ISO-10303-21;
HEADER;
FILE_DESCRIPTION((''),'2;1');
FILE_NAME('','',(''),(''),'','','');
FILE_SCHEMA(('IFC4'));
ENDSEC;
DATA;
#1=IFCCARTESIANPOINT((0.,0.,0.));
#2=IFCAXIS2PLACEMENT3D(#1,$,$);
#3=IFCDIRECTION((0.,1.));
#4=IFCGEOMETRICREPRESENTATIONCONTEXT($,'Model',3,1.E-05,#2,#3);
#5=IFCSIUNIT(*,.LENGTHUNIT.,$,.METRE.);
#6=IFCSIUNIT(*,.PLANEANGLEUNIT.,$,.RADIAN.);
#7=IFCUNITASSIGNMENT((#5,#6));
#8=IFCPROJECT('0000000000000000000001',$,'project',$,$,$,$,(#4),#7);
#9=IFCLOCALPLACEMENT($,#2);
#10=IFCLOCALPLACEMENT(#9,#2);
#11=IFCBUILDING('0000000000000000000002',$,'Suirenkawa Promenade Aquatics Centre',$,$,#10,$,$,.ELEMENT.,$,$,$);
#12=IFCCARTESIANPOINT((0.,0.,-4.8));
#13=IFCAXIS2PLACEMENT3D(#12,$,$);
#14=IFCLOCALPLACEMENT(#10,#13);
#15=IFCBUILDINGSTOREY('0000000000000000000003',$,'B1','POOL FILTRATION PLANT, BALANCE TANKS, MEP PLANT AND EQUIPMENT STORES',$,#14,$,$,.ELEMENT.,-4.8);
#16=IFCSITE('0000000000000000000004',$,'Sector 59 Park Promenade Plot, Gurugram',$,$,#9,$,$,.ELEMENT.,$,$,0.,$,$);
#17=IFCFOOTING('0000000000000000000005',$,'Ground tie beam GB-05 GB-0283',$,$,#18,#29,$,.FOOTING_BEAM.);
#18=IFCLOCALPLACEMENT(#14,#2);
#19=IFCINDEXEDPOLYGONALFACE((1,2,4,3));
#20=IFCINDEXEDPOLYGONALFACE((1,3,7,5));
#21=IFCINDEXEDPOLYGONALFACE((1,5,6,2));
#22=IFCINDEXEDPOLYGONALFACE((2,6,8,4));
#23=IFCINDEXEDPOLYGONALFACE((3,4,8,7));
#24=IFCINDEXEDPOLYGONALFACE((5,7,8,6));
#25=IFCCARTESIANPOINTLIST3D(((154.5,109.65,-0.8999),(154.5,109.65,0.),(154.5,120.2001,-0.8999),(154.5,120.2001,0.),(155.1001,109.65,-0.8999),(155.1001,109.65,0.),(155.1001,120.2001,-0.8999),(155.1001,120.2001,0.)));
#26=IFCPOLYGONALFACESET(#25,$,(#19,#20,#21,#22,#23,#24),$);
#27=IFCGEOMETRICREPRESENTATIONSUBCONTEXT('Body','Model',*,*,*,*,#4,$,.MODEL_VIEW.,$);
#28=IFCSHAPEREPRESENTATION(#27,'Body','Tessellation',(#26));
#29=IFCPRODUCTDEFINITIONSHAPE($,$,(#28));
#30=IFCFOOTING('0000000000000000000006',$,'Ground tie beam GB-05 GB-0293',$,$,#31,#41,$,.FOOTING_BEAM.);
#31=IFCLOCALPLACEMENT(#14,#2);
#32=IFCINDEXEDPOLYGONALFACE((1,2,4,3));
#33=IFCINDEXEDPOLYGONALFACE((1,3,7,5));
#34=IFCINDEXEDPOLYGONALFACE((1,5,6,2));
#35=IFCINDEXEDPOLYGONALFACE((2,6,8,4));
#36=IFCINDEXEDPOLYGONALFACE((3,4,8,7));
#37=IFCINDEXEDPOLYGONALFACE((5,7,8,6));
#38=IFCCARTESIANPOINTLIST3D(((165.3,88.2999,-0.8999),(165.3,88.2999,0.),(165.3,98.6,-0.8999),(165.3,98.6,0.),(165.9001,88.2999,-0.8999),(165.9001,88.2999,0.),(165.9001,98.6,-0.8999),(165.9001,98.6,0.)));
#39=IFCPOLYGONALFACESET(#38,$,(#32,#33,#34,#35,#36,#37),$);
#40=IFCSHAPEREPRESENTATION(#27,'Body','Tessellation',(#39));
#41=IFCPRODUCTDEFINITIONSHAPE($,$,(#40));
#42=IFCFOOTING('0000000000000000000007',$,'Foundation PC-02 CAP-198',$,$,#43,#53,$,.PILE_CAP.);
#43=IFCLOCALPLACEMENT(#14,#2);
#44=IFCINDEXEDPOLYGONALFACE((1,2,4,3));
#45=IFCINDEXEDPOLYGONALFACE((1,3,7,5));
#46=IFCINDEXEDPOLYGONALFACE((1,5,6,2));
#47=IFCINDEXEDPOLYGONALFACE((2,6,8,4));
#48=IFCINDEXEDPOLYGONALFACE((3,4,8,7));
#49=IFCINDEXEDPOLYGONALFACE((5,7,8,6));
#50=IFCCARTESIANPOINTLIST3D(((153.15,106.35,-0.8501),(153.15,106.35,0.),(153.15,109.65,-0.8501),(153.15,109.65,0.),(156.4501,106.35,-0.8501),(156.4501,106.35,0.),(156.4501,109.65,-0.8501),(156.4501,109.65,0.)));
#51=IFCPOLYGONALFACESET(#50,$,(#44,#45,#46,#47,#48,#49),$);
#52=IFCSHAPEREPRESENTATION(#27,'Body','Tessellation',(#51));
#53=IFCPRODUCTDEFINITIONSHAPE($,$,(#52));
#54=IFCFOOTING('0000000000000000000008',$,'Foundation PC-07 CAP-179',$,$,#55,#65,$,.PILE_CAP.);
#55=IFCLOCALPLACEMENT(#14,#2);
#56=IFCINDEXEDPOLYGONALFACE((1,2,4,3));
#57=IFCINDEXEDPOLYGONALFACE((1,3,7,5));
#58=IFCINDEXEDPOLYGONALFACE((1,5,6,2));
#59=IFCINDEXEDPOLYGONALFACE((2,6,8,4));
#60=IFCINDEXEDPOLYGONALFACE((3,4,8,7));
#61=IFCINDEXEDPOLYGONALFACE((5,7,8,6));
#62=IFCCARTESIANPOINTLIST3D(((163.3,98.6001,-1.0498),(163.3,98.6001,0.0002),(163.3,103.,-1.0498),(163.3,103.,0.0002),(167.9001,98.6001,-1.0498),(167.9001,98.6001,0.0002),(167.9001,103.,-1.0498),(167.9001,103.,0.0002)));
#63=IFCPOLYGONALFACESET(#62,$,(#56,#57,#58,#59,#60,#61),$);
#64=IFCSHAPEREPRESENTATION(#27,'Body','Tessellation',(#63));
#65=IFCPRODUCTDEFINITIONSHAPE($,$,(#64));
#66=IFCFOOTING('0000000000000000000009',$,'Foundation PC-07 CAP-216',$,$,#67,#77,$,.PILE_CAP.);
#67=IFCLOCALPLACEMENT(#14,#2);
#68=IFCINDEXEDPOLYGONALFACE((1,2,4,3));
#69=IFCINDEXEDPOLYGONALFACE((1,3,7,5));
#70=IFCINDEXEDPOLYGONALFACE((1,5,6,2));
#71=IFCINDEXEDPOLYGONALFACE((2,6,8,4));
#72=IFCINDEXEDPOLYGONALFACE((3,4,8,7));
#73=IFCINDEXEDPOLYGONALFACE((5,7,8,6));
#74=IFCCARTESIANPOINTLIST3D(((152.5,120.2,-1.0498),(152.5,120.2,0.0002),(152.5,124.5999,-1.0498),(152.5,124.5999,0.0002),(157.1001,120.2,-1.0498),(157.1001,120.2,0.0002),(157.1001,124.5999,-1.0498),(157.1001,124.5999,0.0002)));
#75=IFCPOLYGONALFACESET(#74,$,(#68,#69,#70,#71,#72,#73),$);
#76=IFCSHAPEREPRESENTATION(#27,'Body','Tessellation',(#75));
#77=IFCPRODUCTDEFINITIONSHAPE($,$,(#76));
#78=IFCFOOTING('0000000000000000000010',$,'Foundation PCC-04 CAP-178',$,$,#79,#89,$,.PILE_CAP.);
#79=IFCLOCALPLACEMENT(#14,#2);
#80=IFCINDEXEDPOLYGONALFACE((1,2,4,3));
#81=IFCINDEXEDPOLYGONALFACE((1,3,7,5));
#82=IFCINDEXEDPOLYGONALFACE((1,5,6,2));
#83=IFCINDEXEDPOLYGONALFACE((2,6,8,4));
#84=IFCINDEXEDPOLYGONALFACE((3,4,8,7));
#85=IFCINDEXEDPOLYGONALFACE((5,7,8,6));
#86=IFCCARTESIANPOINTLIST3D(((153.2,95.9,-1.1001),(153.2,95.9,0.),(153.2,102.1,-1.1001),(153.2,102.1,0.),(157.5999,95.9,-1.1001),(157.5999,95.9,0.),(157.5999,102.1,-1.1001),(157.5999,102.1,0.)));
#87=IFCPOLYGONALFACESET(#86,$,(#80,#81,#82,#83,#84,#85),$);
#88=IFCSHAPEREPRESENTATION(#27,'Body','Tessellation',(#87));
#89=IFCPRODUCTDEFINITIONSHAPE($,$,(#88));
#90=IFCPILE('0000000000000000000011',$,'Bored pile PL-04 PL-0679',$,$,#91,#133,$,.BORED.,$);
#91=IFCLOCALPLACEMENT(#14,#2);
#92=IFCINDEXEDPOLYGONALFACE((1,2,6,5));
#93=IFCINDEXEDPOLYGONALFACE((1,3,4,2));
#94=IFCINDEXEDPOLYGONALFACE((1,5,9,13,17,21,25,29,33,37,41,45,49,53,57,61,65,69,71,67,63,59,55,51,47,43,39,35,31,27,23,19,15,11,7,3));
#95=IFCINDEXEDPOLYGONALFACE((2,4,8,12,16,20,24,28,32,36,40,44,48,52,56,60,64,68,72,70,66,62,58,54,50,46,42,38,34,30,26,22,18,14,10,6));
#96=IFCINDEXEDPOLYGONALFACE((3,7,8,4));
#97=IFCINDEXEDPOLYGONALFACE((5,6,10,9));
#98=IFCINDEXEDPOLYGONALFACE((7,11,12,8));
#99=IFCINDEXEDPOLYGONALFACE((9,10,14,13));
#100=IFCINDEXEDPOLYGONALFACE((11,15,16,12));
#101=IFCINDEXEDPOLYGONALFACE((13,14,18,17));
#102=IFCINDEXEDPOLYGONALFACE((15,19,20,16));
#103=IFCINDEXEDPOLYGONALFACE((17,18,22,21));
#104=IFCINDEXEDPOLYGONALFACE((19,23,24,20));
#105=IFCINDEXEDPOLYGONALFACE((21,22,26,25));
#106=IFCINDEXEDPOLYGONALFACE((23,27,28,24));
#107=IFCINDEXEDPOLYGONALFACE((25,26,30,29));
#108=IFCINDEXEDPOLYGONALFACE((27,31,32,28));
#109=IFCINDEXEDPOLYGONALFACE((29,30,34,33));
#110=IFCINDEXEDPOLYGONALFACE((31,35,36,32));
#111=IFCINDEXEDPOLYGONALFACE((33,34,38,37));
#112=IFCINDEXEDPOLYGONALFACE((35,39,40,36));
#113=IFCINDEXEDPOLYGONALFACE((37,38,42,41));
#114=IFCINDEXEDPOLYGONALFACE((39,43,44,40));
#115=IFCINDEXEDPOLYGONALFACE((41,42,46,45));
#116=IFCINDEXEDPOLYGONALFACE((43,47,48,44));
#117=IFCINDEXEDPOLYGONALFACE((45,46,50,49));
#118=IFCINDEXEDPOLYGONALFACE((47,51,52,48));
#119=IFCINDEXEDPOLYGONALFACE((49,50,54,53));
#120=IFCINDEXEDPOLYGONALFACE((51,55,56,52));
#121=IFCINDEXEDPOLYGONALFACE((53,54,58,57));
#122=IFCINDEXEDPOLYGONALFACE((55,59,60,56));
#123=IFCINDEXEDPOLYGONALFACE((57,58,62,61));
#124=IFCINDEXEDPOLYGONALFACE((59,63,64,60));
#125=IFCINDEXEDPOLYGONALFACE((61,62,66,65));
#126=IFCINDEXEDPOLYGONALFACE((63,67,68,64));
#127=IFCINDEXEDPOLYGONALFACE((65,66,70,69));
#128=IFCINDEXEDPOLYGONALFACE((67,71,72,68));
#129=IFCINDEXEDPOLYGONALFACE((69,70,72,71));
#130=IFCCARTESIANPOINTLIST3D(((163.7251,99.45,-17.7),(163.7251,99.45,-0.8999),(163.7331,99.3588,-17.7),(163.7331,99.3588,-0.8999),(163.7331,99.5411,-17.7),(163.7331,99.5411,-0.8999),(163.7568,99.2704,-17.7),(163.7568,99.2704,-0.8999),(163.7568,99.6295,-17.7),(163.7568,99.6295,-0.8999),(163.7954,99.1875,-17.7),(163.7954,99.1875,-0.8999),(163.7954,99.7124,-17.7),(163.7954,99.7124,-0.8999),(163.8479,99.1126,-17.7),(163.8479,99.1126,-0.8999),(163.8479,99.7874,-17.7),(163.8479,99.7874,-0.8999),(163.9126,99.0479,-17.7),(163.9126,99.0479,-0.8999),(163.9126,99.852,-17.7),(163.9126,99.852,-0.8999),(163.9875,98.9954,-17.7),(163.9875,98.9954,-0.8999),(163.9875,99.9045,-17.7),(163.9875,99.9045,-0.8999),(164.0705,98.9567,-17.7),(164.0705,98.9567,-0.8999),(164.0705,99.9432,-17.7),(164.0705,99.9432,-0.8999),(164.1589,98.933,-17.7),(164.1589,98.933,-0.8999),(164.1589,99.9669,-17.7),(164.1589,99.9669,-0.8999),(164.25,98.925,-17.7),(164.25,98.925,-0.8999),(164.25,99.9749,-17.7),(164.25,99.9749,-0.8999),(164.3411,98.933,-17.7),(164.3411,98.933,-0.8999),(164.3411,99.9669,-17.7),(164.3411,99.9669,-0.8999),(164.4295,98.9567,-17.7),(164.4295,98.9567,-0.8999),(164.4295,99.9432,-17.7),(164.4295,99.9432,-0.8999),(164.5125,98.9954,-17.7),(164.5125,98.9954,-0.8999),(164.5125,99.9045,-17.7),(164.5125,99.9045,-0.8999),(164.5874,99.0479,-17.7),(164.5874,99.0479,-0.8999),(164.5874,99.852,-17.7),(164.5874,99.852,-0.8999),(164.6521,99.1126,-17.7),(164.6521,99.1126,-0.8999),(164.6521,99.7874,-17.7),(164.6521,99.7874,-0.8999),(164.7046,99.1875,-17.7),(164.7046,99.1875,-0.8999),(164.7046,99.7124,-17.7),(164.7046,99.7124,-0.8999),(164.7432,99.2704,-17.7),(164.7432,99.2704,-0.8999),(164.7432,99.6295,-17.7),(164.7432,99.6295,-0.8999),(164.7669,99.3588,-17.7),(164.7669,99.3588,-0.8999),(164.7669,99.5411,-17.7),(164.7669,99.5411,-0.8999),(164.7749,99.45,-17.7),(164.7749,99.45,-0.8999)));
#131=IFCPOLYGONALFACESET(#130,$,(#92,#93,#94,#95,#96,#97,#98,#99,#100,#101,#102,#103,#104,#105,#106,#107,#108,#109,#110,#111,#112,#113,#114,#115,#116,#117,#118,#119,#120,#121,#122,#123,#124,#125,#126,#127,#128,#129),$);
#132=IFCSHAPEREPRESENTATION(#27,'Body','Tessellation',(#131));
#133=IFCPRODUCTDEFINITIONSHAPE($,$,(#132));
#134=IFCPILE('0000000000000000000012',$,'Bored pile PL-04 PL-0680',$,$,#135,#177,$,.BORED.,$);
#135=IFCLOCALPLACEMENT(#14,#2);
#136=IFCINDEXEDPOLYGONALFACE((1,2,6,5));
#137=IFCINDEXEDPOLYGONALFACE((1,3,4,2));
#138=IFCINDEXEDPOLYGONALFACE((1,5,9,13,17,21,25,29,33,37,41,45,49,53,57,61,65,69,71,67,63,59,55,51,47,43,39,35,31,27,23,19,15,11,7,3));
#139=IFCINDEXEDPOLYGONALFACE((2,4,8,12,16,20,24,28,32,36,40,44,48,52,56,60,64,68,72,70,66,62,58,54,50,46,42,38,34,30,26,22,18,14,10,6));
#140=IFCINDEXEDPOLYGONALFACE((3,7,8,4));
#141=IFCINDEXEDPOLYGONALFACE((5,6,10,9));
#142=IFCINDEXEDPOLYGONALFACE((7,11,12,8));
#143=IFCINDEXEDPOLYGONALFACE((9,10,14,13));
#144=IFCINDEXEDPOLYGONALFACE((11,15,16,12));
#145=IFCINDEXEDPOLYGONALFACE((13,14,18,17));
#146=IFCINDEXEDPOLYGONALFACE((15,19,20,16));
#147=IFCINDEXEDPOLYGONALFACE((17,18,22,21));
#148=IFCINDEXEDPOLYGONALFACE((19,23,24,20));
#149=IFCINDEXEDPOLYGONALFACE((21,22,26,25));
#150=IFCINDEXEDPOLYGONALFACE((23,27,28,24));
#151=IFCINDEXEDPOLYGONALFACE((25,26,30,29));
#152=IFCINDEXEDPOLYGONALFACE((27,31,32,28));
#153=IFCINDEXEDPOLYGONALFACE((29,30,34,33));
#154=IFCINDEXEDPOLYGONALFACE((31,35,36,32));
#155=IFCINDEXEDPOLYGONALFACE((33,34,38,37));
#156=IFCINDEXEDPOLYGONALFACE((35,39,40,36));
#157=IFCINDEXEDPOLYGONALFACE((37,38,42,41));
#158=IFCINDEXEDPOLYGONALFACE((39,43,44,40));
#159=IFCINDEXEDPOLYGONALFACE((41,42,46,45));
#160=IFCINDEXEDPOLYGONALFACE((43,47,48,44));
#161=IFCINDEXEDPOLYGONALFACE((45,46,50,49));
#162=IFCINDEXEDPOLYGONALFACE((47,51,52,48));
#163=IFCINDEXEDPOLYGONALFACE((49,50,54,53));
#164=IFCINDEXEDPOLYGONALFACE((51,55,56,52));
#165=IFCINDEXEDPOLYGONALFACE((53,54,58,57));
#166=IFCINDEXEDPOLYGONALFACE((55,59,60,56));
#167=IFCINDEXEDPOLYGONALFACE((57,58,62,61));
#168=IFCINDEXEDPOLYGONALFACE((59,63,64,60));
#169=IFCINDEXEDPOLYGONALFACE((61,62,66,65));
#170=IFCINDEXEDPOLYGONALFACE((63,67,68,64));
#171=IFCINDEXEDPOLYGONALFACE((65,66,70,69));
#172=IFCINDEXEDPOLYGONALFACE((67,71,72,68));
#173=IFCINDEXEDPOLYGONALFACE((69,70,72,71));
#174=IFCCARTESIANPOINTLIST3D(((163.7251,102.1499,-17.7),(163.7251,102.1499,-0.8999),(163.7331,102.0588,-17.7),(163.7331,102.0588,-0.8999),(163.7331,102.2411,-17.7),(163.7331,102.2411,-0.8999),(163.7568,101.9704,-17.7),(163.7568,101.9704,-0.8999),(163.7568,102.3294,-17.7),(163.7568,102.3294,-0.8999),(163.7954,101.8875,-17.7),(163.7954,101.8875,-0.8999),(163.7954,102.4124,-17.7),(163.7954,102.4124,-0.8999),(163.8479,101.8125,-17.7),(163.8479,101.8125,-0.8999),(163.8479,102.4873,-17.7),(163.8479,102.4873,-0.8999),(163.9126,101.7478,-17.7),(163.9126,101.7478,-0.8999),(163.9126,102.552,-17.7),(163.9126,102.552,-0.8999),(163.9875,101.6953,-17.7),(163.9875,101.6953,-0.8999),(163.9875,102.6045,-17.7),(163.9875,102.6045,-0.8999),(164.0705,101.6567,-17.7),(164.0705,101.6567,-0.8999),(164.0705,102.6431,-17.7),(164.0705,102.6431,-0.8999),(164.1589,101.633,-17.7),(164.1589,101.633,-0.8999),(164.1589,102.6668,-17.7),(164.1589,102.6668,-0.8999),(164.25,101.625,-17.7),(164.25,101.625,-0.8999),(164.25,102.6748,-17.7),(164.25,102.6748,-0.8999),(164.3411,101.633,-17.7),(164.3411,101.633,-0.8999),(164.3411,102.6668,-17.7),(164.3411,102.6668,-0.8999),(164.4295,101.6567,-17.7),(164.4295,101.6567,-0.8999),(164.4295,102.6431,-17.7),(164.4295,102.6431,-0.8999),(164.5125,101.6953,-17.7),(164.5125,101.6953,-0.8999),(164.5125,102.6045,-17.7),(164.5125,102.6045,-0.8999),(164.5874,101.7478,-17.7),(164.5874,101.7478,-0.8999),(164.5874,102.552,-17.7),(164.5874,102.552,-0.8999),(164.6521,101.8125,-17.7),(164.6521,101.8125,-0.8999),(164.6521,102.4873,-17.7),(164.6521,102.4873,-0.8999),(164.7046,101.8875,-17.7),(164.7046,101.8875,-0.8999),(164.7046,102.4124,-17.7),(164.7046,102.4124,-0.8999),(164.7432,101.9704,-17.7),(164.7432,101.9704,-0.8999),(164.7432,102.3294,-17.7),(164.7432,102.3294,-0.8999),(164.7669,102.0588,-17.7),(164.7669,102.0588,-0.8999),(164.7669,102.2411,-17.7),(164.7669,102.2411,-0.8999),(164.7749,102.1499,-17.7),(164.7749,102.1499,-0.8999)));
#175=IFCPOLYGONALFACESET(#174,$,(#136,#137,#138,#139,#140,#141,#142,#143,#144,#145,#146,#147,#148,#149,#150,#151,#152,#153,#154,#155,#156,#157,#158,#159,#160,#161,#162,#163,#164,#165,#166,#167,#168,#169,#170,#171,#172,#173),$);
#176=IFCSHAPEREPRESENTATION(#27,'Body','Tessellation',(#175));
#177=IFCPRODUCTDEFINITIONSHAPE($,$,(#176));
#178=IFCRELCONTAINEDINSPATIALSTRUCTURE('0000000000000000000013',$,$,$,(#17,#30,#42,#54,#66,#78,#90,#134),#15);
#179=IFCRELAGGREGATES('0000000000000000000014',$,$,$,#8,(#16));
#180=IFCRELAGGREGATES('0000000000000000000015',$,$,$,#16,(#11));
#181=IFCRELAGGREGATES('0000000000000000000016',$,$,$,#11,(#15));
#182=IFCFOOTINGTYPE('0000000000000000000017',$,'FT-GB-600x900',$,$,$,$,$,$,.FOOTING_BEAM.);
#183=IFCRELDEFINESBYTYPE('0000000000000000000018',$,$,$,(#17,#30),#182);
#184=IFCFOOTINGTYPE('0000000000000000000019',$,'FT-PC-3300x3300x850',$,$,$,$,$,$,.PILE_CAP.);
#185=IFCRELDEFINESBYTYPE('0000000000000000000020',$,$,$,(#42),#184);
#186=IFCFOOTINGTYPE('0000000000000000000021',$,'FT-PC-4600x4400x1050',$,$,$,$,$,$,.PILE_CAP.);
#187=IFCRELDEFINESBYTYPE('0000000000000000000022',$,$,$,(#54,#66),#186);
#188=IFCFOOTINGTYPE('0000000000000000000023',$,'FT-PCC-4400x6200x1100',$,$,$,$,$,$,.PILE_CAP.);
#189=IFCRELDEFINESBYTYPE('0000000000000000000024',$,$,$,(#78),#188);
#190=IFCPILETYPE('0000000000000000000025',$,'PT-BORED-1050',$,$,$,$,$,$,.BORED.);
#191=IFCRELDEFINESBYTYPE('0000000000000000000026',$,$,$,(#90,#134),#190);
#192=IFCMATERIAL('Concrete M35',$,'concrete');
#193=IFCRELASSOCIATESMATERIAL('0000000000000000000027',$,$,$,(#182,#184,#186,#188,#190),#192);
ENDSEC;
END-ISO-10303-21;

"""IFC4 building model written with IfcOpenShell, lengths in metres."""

from ifc_helpers import new_model, si_unit, direction, frame, origin, origin_2d, place, context, subcontext, project, spatial, rectangle, circle, extrude, material, material_profile, profile_set, type_object, element, save


model = new_model("IFC4")

# Units and contexts
model_context = context("Model", 3, precision=1e-05, world=origin(), true_north=direction((0.0, 1.0)))
body_context = subcontext(model_context, "Body", "Model", "MODEL_VIEW")
ifc_project = project(units=[si_unit("LENGTHUNIT", "METRE"), si_unit("PLANEANGLEUNIT", "RADIAN")], contexts=[model_context])

# Site, building, storey
site_placement = place(None, origin())
site = spatial("IfcSite", under=ifc_project, at=site_placement, Name="Sector 59 Park Promenade Plot, Gurugram", CompositionType="ELEMENT", RefElevation=0.0)
building_placement = place(site_placement, origin())
building = spatial("IfcBuilding", under=site, at=building_placement, Name="Suirenkawa Promenade Aquatics Centre", CompositionType="ELEMENT")
storey_placement = place(building_placement, frame((0.0, 0.0, -4.8)))
storey = spatial("IfcBuildingStorey", under=building, at=storey_placement, Name="B1", Description="POOL FILTRATION PLANT, BALANCE TANKS, MEP PLANT AND EQUIPMENT STORES", CompositionType="ELEMENT", Elevation=-4.8)

# Footings
ifc_material_1 = material(Name="Concrete M35", Category="concrete")
footing_type_1 = type_object("IfcFootingType", Name="FT-GB-600x900", PredefinedType="FOOTING_BEAM", material=ifc_material_1)
footing_1_placement = place(storey_placement, frame((154.8, 114.925, -0.8999), z_axis=(0.0, 0.0, 1.0), x_axis=(0.0, 1.0, 0.0)))
element("IfcFooting", 1, at=footing_1_placement, inside=storey, type_object=footing_type_1, Name="Ground tie beam GB-05 GB-0283", PredefinedType="FOOTING_BEAM", context=body_context, shape_type="SweptSolid", body=[
    extrude(rectangle(XDim=10.55, YDim=0.6001, at=origin_2d()), origin(), (0.0, 0.0, 1.0), 0.8999),
])
footing_2_placement = place(storey_placement, frame((165.6001, 93.45, -0.8999), z_axis=(0.0, 0.0, 1.0), x_axis=(0.0, 1.0, 0.0)))
element("IfcFooting", 2, at=footing_2_placement, inside=storey, type_object=footing_type_1, Name="Ground tie beam GB-05 GB-0293", PredefinedType="FOOTING_BEAM", context=body_context, shape_type="SweptSolid", body=[
    extrude(rectangle(XDim=10.3, YDim=0.6001, at=origin_2d()), origin(), (0.0, 0.0, 1.0), 0.8999),
])
footing_type_2 = type_object("IfcFootingType", Name="FT-PC-3300x3300x850", PredefinedType="PILE_CAP", material=ifc_material_1)
footing_3_placement = place(storey_placement, frame((154.8, 108.0, -0.8501), z_axis=(0.0, 0.0, 1.0), x_axis=(1.0, 0.0, 0.0)))
element("IfcFooting", 3, at=footing_3_placement, inside=storey, type_object=footing_type_2, Name="Foundation PC-02 CAP-198", PredefinedType="PILE_CAP", context=body_context, shape_type="SweptSolid", body=[
    extrude(rectangle(XDim=3.3, YDim=3.3, at=origin_2d()), origin(), (0.0, 0.0, 1.0), 0.8501),
])
footing_type_3 = type_object("IfcFootingType", Name="FT-PC-4600x4400x1050", PredefinedType="PILE_CAP", material=ifc_material_1)
for number, where, z_axis, x_axis, name in (
    (4, (165.6001, 100.8, -1.0498), (0.0, 0.0, 1.0), (1.0, 0.0, 0.0), "Foundation PC-07 CAP-179"),
    (5, (154.8, 122.3999, -1.0498), (0.0, 0.0, 1.0), (1.0, 0.0, 0.0), "Foundation PC-07 CAP-216"),
):
    element("IfcFooting", number, at=place(storey_placement, frame(where, z_axis=z_axis, x_axis=x_axis)), inside=storey, type_object=footing_type_3, Name=name, PredefinedType="PILE_CAP", context=body_context, shape_type="SweptSolid", body=[
        extrude(rectangle(XDim=4.6001, YDim=4.3999, at=origin_2d()), origin(), (0.0, 0.0, 1.0), 1.05),
    ])
footing_type_4 = type_object("IfcFootingType", Name="FT-PCC-4400x6200x1100", PredefinedType="PILE_CAP", material=ifc_material_1)
footing_4_placement = place(storey_placement, frame((155.3999, 99.0, -1.1001), z_axis=(0.0, 0.0, 1.0), x_axis=(1.0, 0.0, 0.0)))
element("IfcFooting", 6, at=footing_4_placement, inside=storey, type_object=footing_type_4, Name="Foundation PCC-04 CAP-178", PredefinedType="PILE_CAP", context=body_context, shape_type="SweptSolid", body=[
    extrude(rectangle(XDim=4.3999, YDim=6.2, at=origin_2d()), origin(), (0.0, 0.0, 1.0), 1.1001),
])

# Piles
ifc_material_profile_1 = material_profile(ifc_material_1, circle(Radius=0.5249, at=origin_2d()), Name="PILE D1050", Category="concrete")
ifc_profile_set_1 = profile_set([ifc_material_profile_1], Name="Concrete M35")
pile_type_1 = type_object("IfcPileType", Name="PT-BORED-1050", PredefinedType="BORED", material=ifc_profile_set_1)
for number, where, z_axis, x_axis, name in (
    (7, (164.25, 99.45, -0.8999), (0.0, 0.0, -1.0), (1.0, 0.0, 0.0), "Bored pile PL-04 PL-0679"),
    (8, (164.25, 102.1499, -0.8999), (0.0, 0.0, -1.0), (1.0, 0.0, 0.0), "Bored pile PL-04 PL-0680"),
):
    element("IfcPile", number, at=place(storey_placement, frame(where, z_axis=z_axis, x_axis=x_axis)), inside=storey, type_object=pile_type_1, Name=name, PredefinedType="BORED", context=body_context, shape_type="SweptSolid", body=[
        extrude(circle(Radius=0.5249, at=origin_2d()), origin(), (0.0, 0.0, 1.0), 16.8),
    ])

save(model, "model.ifc")
